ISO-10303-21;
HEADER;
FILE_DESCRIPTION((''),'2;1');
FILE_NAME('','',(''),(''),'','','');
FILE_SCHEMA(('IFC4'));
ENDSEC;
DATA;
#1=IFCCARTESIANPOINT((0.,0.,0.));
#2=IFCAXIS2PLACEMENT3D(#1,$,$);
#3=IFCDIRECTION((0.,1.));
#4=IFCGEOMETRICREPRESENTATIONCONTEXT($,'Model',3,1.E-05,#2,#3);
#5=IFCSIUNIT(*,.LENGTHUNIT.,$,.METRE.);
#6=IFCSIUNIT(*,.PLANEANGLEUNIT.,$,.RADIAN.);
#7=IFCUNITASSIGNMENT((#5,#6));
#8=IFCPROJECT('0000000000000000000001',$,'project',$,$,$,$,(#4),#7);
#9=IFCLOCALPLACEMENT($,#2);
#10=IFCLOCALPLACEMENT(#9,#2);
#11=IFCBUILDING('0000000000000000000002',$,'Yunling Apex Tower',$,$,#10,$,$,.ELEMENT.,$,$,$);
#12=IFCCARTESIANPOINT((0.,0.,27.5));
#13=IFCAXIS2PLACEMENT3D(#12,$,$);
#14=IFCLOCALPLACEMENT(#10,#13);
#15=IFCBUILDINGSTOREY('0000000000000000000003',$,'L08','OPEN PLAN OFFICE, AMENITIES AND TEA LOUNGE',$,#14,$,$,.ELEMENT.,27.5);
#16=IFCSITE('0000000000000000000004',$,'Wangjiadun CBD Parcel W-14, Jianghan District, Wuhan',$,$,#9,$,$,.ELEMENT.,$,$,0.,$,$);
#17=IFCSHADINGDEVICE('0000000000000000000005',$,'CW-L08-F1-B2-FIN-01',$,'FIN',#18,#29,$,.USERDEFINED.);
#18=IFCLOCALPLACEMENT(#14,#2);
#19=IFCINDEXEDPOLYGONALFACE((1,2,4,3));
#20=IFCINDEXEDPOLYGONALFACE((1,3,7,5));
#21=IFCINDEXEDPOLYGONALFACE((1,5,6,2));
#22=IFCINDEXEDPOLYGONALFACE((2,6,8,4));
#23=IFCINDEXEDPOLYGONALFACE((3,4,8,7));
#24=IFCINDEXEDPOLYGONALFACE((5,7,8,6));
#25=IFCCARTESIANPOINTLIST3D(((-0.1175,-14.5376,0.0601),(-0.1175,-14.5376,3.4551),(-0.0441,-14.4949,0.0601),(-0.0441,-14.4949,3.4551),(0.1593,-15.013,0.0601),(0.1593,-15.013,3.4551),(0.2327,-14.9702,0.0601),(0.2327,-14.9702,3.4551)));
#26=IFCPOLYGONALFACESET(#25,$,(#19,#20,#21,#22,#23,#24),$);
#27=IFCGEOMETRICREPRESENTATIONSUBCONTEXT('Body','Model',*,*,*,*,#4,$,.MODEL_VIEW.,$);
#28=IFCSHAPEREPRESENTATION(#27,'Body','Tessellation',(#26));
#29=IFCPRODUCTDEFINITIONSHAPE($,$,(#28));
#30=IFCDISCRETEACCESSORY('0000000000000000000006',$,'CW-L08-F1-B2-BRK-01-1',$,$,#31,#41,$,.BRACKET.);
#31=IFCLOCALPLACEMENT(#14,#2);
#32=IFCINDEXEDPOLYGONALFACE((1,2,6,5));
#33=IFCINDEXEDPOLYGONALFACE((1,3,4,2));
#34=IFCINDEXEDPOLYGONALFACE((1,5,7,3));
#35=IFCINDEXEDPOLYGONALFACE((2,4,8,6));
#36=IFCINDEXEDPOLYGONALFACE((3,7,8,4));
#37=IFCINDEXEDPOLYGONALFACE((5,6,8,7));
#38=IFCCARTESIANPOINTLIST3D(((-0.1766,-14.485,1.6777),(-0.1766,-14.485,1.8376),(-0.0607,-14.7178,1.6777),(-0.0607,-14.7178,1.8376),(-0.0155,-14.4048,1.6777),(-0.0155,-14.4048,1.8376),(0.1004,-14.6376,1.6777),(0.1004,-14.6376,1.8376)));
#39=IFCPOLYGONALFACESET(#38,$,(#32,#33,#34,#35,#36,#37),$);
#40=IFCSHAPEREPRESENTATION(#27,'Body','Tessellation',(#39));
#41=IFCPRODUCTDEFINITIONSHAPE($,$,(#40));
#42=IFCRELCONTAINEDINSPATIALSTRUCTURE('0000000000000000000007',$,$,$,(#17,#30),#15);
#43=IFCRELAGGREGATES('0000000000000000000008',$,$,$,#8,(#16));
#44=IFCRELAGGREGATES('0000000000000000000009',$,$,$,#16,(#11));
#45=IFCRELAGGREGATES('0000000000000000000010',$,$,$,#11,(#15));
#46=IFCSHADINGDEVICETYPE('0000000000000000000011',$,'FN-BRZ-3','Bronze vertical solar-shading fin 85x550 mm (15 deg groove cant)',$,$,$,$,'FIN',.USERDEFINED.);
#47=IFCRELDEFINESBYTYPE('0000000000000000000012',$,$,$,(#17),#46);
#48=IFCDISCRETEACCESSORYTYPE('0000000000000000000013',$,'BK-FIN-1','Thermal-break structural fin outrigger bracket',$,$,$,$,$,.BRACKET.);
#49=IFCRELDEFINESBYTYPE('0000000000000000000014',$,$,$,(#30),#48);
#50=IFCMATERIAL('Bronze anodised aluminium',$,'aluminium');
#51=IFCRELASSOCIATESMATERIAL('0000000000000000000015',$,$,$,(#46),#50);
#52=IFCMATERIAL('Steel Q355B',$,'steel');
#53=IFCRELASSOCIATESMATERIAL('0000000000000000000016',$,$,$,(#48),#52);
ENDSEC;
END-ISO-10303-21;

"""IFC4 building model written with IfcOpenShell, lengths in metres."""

from ifc_helpers import new_model, si_unit, direction, frame, origin, origin_2d, place, context, subcontext, project, spatial, rectangle, extrude, source, transform, mapped, material, material_profile, profile_set, type_object, element, save


model = new_model("IFC4")

# Units and contexts
model_context = context("Model", 3, precision=1e-05, world=origin(), true_north=direction((0.0, 1.0)))
body_context = subcontext(model_context, "Body", "Model", "MODEL_VIEW")
ifc_project = project(units=[si_unit("LENGTHUNIT", "METRE"), si_unit("PLANEANGLEUNIT", "RADIAN")], contexts=[model_context])

# Site, building, storey
site_placement = place(None, origin())
site = spatial("IfcSite", under=ifc_project, at=site_placement, Name="Wangjiadun CBD Parcel W-14, Jianghan District, Wuhan", CompositionType="ELEMENT", RefElevation=0.0)
building_placement = place(site_placement, origin())
building = spatial("IfcBuilding", under=site, at=building_placement, Name="Yunling Apex Tower", CompositionType="ELEMENT")
storey_placement = place(building_placement, frame((0.0, 0.0, 27.5)))
storey = spatial("IfcBuildingStorey", under=building, at=storey_placement, Name="L08", Description="OPEN PLAN OFFICE, AMENITIES AND TEA LOUNGE", CompositionType="ELEMENT", Elevation=27.5)

# Shared definitions
ifc_material_1 = material(Name="Steel Q355B", Category="steel")

# Shared definitions
ifc_material_2 = material(Name="Bronze anodised aluminium", Category="aluminium")

# Shading device
ifc_material_profile_1 = material_profile(ifc_material_2, rectangle(XDim=0.085, YDim=0.55, at=origin_2d()))
ifc_profile_set_1 = profile_set([ifc_material_profile_1], Name="Bronze anodised aluminium")
shading_device_type = type_object("IfcShadingDeviceType", Name="FN-BRZ-3", Description="Bronze vertical solar-shading fin 85x550 mm (15 deg groove cant)", ElementType="FIN", PredefinedType="USERDEFINED", material=ifc_profile_set_1)
shared_shape_1 = source(origin(), body_context, "Body", "SweptSolid", [
    extrude(rectangle(XDim=0.085, YDim=0.55, at=origin_2d()), origin(), (0.0, 0.0, 1.0), 3.395),
])
shading_device_placement = place(storey_placement, frame((0.0576, -14.7539, 0.0601), z_axis=(0.0, 0.0, 1.0), x_axis=(0.864187, 0.503171, 0.0)))
element("IfcShadingDevice", 1, at=shading_device_placement, inside=storey, type_object=shading_device_type, Name="CW-L08-F1-B2-FIN-01", ObjectType="FIN", PredefinedType="USERDEFINED", context=body_context, shape_type="MappedRepresentation", body=[
    mapped(shared_shape_1, transform((0.0, 0.0, 0.0), scale=1.0)),
])

# Discrete accessory
discrete_accessory_type = type_object("IfcDiscreteAccessoryType", Name="BK-FIN-1", Description="Thermal-break structural fin outrigger bracket", PredefinedType="BRACKET", material=ifc_material_1)
shared_shape_2 = source(origin(), body_context, "Body", "SweptSolid", [
    extrude(rectangle(XDim=0.1799, YDim=0.26, at=origin_2d()), origin(), (0.0, 0.0, 1.0), 0.1599),
])
discrete_accessory_placement = place(storey_placement, frame((-0.0381, -14.5613, 1.6777), z_axis=(0.0, 0.0, 1.0), x_axis=(0.895246, 0.445573, 0.0)))
element("IfcDiscreteAccessory", 2, at=discrete_accessory_placement, inside=storey, type_object=discrete_accessory_type, Name="CW-L08-F1-B2-BRK-01-1", PredefinedType="BRACKET", context=body_context, shape_type="MappedRepresentation", body=[
    mapped(shared_shape_2, transform((0.0, 0.0, 0.0), scale=1.0)),
])

save(model, "model.ifc")
